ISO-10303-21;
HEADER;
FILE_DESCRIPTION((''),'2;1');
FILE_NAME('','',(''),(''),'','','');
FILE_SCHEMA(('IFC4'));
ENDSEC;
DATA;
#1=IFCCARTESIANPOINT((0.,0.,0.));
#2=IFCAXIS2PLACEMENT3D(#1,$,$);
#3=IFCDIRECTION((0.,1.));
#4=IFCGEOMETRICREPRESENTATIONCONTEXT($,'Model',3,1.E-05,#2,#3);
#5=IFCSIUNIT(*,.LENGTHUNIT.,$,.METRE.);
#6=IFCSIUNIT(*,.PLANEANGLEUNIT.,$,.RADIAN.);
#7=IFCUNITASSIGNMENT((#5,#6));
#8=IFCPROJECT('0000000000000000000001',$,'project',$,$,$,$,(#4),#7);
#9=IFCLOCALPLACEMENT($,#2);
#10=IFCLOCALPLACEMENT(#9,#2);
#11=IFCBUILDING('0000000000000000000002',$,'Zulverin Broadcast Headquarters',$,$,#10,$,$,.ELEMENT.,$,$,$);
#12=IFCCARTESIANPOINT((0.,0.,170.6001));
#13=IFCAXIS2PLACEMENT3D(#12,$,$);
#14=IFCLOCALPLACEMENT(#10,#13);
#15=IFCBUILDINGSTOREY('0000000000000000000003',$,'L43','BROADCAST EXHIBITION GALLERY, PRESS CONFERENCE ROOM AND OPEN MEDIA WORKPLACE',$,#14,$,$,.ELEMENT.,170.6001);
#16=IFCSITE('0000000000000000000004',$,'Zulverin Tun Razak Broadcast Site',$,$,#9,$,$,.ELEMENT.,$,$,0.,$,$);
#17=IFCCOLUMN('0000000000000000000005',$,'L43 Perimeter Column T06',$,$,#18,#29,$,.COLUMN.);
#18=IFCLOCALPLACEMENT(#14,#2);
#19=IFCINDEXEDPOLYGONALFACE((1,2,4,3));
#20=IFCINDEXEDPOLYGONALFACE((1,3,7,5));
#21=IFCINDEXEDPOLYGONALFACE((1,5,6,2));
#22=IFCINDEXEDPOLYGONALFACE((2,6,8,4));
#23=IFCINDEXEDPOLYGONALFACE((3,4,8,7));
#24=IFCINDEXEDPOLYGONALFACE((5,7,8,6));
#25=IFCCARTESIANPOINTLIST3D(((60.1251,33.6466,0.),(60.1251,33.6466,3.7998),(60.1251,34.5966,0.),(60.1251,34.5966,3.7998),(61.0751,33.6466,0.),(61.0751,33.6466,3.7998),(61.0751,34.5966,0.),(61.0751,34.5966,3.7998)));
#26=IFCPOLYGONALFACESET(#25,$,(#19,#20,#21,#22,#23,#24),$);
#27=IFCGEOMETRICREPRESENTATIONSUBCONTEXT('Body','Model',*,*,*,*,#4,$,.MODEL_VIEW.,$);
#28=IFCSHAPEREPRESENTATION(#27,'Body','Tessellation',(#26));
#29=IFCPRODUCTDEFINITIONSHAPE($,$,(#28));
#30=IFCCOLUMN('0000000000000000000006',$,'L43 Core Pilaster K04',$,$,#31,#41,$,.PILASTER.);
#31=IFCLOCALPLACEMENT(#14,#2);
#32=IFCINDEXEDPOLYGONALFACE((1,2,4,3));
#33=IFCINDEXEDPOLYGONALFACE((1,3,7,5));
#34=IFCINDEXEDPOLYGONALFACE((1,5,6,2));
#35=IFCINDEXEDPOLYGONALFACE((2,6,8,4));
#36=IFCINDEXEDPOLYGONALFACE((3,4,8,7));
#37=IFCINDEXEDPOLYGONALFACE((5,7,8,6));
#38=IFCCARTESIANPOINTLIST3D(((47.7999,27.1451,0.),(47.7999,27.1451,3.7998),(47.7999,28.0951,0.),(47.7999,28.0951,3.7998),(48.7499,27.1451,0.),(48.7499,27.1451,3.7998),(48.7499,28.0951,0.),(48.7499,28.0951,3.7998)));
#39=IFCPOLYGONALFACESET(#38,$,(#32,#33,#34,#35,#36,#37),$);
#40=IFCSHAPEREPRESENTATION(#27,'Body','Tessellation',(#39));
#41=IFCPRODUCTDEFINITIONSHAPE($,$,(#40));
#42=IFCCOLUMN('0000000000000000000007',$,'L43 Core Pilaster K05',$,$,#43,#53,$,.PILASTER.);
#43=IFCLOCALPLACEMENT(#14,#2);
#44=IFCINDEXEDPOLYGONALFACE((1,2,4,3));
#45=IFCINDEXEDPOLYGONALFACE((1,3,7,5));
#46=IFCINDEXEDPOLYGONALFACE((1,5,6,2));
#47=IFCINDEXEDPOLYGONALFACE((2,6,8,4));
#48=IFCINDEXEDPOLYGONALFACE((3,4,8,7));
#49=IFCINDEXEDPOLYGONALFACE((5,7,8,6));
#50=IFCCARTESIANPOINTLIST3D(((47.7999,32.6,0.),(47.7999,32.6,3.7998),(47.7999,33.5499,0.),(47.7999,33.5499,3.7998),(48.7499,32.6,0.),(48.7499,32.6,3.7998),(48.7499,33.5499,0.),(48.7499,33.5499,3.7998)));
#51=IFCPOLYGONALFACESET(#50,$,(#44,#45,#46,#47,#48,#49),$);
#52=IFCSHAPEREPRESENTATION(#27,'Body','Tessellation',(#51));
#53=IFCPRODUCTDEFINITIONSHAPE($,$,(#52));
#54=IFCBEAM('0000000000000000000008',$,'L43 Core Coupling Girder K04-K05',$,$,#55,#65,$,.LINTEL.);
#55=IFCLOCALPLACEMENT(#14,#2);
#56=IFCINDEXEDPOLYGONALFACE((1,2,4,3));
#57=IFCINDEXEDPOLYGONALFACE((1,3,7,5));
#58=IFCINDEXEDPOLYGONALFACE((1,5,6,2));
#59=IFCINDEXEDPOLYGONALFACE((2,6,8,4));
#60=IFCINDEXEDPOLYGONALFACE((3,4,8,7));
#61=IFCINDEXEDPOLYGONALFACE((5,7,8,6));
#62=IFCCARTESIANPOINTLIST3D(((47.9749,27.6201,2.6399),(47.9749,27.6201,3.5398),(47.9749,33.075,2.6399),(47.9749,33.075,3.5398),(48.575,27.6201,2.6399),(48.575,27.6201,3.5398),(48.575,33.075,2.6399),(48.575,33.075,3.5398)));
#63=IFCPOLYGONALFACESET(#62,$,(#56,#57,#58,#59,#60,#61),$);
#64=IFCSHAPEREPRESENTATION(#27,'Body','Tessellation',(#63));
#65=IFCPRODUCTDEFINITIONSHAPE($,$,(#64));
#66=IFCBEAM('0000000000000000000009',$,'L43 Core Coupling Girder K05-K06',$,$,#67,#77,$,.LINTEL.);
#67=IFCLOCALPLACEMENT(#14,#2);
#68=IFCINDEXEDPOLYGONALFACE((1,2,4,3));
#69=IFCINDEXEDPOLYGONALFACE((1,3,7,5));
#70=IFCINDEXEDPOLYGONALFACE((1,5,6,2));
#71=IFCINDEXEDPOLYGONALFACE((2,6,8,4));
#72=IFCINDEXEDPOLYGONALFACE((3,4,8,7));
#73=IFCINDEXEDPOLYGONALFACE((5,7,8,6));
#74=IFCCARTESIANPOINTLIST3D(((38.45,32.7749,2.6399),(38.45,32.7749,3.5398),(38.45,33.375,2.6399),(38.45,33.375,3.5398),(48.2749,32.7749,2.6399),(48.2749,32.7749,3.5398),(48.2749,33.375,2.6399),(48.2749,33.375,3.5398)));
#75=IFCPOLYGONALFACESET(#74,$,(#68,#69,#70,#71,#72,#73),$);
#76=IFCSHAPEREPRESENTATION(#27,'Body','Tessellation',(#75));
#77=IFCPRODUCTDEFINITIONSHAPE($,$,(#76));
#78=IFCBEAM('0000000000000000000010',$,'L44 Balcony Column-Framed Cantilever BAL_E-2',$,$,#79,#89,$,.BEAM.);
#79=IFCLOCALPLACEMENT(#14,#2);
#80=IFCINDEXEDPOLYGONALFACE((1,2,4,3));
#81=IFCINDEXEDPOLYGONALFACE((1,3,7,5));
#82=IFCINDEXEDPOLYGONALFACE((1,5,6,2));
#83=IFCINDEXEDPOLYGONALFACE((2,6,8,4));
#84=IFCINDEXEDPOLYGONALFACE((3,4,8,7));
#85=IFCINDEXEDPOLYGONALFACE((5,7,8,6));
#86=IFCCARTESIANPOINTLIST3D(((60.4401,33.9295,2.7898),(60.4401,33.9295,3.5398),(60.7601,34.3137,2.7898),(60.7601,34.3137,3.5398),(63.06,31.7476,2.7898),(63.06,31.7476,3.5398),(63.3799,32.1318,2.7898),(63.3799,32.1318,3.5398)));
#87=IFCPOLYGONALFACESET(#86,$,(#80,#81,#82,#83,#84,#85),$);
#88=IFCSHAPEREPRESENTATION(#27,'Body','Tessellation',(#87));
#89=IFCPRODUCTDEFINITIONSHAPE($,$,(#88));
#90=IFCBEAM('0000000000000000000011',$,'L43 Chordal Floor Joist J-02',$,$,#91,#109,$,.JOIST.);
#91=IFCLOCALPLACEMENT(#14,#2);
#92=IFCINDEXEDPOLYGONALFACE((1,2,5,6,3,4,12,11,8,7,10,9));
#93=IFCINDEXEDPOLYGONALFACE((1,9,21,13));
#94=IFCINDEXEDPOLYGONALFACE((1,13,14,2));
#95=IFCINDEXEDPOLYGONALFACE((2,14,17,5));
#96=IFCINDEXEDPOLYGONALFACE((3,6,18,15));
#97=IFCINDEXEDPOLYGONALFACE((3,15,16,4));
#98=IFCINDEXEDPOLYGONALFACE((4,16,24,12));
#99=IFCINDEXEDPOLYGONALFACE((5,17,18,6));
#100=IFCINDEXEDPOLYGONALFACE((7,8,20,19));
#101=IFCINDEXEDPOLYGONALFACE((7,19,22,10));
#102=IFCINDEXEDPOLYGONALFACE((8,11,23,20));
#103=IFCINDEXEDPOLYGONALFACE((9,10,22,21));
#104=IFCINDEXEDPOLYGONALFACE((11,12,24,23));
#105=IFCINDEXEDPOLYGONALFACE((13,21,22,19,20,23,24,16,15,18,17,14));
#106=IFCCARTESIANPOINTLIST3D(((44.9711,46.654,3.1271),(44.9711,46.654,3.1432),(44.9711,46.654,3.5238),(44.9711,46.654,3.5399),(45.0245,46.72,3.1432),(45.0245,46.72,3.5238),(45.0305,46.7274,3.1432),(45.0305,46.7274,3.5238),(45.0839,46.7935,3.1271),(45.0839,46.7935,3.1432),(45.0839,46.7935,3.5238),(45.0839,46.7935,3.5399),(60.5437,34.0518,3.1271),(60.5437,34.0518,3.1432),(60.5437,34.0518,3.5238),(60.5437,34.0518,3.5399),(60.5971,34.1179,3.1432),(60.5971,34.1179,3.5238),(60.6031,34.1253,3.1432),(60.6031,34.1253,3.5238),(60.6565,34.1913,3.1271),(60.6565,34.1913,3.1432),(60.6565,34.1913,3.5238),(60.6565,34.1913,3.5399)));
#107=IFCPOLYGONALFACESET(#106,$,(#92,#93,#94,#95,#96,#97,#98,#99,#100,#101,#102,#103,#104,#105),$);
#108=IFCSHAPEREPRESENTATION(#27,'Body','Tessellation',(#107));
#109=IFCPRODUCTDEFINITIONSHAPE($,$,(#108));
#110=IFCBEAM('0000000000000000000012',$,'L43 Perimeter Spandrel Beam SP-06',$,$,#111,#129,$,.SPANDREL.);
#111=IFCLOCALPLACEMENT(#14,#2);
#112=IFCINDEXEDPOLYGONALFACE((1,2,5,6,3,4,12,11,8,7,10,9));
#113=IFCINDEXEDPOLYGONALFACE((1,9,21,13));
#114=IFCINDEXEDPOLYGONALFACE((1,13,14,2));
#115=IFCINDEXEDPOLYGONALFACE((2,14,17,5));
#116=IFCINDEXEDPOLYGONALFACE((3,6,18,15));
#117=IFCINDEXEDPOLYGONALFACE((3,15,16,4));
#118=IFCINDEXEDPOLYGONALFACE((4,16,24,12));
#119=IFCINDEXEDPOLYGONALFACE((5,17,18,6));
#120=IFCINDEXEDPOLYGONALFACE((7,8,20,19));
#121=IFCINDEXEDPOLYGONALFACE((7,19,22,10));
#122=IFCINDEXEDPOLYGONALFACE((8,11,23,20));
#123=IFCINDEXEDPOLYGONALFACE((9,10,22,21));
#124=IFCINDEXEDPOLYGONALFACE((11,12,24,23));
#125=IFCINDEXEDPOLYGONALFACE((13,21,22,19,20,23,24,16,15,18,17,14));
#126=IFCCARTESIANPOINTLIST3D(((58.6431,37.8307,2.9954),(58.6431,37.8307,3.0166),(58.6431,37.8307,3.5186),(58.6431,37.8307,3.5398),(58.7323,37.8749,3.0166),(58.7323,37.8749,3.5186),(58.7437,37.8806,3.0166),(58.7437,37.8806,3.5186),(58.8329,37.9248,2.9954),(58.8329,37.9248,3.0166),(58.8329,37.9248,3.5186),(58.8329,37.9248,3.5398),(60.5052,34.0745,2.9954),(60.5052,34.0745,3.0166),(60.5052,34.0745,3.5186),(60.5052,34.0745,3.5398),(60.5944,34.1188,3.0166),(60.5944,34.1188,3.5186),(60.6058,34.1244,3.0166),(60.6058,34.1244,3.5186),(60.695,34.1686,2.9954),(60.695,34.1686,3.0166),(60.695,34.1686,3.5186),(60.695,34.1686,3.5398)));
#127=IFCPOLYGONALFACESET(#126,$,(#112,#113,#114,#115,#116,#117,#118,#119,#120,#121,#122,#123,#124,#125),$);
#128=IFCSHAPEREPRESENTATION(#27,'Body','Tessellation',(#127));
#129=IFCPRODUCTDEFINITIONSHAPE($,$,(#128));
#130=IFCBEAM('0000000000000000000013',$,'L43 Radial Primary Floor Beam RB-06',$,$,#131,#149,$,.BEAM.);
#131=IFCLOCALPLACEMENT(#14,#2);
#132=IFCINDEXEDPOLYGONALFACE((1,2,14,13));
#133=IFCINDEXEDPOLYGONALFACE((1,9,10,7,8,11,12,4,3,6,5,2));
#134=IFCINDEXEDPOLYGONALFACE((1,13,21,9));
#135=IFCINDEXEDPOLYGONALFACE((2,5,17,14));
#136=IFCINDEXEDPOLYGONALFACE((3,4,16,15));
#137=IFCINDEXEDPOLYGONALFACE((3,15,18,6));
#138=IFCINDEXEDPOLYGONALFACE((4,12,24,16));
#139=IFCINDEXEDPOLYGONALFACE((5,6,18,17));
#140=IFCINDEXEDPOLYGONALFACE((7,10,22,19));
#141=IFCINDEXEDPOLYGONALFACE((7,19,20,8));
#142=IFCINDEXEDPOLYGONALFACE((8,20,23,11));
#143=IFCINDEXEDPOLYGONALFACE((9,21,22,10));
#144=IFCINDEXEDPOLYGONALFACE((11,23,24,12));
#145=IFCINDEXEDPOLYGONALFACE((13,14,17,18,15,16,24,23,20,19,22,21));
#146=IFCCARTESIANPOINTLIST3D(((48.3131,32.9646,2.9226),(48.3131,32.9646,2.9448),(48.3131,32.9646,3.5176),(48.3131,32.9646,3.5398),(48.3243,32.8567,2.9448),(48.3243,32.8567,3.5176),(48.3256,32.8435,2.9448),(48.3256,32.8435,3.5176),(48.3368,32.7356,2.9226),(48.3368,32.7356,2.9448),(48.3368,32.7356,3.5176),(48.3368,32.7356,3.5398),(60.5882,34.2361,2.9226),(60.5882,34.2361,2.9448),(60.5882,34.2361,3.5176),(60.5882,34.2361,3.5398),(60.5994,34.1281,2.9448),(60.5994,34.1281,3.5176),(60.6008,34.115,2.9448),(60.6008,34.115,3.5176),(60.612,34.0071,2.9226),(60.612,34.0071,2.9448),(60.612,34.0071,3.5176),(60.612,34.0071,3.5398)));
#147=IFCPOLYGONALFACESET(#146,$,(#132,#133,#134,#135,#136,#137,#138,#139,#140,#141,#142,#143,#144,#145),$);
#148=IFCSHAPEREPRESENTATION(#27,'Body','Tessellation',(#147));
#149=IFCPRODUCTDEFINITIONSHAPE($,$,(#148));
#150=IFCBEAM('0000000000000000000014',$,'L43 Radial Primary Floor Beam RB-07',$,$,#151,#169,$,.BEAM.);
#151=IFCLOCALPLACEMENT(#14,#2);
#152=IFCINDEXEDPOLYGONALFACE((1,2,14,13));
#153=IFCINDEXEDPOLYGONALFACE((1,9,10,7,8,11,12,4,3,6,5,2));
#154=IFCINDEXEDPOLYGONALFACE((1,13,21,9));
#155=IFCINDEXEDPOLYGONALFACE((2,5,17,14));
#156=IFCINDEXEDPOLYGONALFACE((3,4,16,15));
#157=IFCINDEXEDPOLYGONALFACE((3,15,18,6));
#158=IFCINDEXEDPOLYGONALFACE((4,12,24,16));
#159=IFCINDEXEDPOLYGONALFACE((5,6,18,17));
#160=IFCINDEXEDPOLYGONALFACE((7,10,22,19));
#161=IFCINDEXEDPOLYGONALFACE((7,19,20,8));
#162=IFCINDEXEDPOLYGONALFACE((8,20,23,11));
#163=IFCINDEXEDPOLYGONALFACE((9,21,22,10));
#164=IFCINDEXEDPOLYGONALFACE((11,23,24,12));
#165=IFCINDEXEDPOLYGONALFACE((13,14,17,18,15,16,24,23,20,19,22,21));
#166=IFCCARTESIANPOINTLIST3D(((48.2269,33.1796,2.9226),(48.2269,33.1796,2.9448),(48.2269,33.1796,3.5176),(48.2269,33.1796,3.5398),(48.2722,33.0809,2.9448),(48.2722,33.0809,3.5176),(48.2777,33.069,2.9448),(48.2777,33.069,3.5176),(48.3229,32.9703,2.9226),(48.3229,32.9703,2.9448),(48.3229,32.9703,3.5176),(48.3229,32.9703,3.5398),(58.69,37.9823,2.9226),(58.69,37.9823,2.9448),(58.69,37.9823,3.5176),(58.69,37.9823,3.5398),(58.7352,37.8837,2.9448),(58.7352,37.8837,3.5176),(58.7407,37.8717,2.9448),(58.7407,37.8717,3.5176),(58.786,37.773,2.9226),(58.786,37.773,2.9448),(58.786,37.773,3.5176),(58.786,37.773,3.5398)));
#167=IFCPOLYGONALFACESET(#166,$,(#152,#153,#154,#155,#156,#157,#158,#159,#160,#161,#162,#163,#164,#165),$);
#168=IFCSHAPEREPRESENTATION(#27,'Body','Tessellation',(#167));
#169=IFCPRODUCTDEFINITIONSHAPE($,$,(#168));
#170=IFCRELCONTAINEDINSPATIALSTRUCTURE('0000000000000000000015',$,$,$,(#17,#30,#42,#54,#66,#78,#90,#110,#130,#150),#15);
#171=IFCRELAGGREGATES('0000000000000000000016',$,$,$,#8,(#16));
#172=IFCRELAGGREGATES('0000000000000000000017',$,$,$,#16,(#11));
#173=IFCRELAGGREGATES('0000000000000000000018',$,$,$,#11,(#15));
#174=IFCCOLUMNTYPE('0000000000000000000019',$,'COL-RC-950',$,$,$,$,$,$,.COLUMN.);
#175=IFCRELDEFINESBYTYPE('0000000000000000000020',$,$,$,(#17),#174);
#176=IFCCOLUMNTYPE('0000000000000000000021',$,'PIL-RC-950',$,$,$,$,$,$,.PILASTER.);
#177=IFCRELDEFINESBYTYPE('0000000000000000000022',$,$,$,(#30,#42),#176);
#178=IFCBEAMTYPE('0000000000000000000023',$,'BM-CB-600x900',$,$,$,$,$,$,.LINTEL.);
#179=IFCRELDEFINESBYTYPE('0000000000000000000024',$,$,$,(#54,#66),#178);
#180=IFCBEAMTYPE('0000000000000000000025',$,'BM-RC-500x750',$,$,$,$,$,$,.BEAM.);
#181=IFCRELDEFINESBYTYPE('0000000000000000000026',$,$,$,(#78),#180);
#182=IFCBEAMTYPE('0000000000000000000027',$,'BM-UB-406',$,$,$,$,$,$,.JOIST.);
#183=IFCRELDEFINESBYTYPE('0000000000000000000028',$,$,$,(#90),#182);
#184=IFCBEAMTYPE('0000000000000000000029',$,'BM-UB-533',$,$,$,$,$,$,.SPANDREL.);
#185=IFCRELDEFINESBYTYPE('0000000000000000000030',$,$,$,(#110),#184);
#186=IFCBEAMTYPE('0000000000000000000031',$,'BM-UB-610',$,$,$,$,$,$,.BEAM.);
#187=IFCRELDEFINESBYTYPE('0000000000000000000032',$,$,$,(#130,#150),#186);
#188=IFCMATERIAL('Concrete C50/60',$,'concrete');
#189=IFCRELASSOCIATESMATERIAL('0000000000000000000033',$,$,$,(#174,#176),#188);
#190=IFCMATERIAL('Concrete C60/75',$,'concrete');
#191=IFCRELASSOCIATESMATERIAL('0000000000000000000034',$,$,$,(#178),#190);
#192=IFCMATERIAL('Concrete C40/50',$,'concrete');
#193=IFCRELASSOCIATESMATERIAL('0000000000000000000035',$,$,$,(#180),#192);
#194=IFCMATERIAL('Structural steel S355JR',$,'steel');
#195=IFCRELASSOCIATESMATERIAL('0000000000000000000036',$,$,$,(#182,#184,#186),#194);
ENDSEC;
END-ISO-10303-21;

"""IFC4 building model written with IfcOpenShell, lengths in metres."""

from ifc_helpers import new_model, si_unit, direction, frame, origin, origin_2d, place, context, subcontext, project, spatial, rectangle, i_section, extrude, material, material_profile, profile_set, type_object, element, save


model = new_model("IFC4")

# Units and contexts
model_context = context("Model", 3, precision=1e-05, world=origin(), true_north=direction((0.0, 1.0)))
body_context = subcontext(model_context, "Body", "Model", "MODEL_VIEW")
ifc_project = project(units=[si_unit("LENGTHUNIT", "METRE"), si_unit("PLANEANGLEUNIT", "RADIAN")], contexts=[model_context])

# Site, building, storey
site_placement = place(None, origin())
site = spatial("IfcSite", under=ifc_project, at=site_placement, Name="Zulverin Tun Razak Broadcast Site", CompositionType="ELEMENT", RefElevation=0.0)
building_placement = place(site_placement, origin())
building = spatial("IfcBuilding", under=site, at=building_placement, Name="Zulverin Broadcast Headquarters", CompositionType="ELEMENT")
storey_placement = place(building_placement, frame((0.0, 0.0, 170.6001)))
storey = spatial("IfcBuildingStorey", under=building, at=storey_placement, Name="L43", Description="BROADCAST EXHIBITION GALLERY, PRESS CONFERENCE ROOM AND OPEN MEDIA WORKPLACE", CompositionType="ELEMENT", Elevation=170.6001)

# Columns
ifc_material_1 = material(Name="Concrete C50/60", Category="concrete")
ifc_material_profile_1 = material_profile(ifc_material_1, rectangle(XDim=0.95, YDim=0.95, at=origin_2d()), Name="Concrete C50/60", Category="concrete")
ifc_profile_set_1 = profile_set([ifc_material_profile_1], Name="Concrete C50/60")
column_type_1 = type_object("IfcColumnType", Name="COL-RC-950", PredefinedType="COLUMN", material=ifc_profile_set_1)
column_placement = place(storey_placement, frame((60.6001, 34.1216, 0.0), z_axis=(0.0, 0.0, 1.0), x_axis=(1.0, 0.0, 0.0)))
element("IfcColumn", 1, at=column_placement, inside=storey, type_object=column_type_1, Name="L43 Perimeter Column T06", PredefinedType="COLUMN", context=body_context, shape_type="SweptSolid", body=[
    extrude(rectangle(XDim=0.95, YDim=0.95, at=origin_2d()), origin(), (0.0, 0.0, 1.0), 3.7998),
])
ifc_material_profile_2 = material_profile(ifc_material_1, rectangle(XDim=0.95, YDim=0.95, at=origin_2d()), Name="Concrete C50/60", Category="concrete")
ifc_profile_set_2 = profile_set([ifc_material_profile_2], Name="Concrete C50/60")
column_type_2 = type_object("IfcColumnType", Name="PIL-RC-950", PredefinedType="PILASTER", material=ifc_profile_set_2)
for number, where, z_axis, x_axis, name in (
    (2, (48.2749, 27.6201, 0.0), (0.0, 0.0, 1.0), (1.0, 0.0, 0.0), "L43 Core Pilaster K04"),
    (3, (48.2749, 33.075, 0.0), (0.0, 0.0, 1.0), (1.0, 0.0, 0.0), "L43 Core Pilaster K05"),
):
    element("IfcColumn", number, at=place(storey_placement, frame(where, z_axis=z_axis, x_axis=x_axis)), inside=storey, type_object=column_type_2, Name=name, PredefinedType="PILASTER", context=body_context, shape_type="SweptSolid", body=[
        extrude(rectangle(XDim=0.95, YDim=0.95, at=origin_2d()), origin(), (0.0, 0.0, 1.0), 3.7998),
    ])

# Beams
ifc_material_2 = material(Name="Concrete C60/75", Category="concrete")
ifc_material_profile_3 = material_profile(ifc_material_2, rectangle(XDim=0.6001, YDim=0.8999, at=origin_2d()), Name="Concrete C60/75", Category="concrete")
ifc_profile_set_3 = profile_set([ifc_material_profile_3], Name="Concrete C60/75")
beam_type_1 = type_object("IfcBeamType", Name="BM-CB-600x900", PredefinedType="LINTEL", material=ifc_profile_set_3)
beam_1_placement = place(storey_placement, frame((48.2749, 27.6201, 3.0898), z_axis=(0.0, 1.0, 0.0), x_axis=(-1.0, 0.0, 0.0)))
element("IfcBeam", 4, at=beam_1_placement, inside=storey, type_object=beam_type_1, Name="L43 Core Coupling Girder K04-K05", PredefinedType="LINTEL", context=body_context, shape_type="SweptSolid", body=[
    extrude(rectangle(XDim=0.6001, YDim=0.8999, at=origin_2d()), origin(), (0.0, 0.0, 1.0), 5.4548),
])
beam_2_placement = place(storey_placement, frame((48.2749, 33.075, 3.0898), z_axis=(-1.0, 0.0, 0.0), x_axis=(0.0, -1.0, 0.0)))
element("IfcBeam", 5, at=beam_2_placement, inside=storey, type_object=beam_type_1, Name="L43 Core Coupling Girder K05-K06", PredefinedType="LINTEL", context=body_context, shape_type="SweptSolid", body=[
    extrude(rectangle(XDim=0.6001, YDim=0.8999, at=origin_2d()), origin(), (0.0, 0.0, 1.0), 9.825),
])
ifc_material_3 = material(Name="Concrete C40/50", Category="concrete")
ifc_material_profile_4 = material_profile(ifc_material_3, rectangle(XDim=0.5, YDim=0.75, at=origin_2d()), Name="Concrete C40/50", Category="concrete")
ifc_profile_set_4 = profile_set([ifc_material_profile_4], Name="Concrete C40/50")
beam_type_2 = type_object("IfcBeamType", Name="BM-RC-500x750", PredefinedType="BEAM", material=ifc_profile_set_4)
beam_3_placement = place(storey_placement, frame((60.6001, 34.1216, 3.1648), z_axis=(0.768415, -0.639952, 0.0), x_axis=(0.639952, 0.768415, 0.0)))
element("IfcBeam", 6, at=beam_3_placement, inside=storey, type_object=beam_type_2, Name="L44 Balcony Column-Framed Cantilever BAL_E-2", PredefinedType="BEAM", context=body_context, shape_type="SweptSolid", body=[
    extrude(rectangle(XDim=0.5, YDim=0.75, at=origin_2d()), origin(), (0.0, 0.0, 1.0), 3.4094),
])
ifc_material_4 = material(Name="Structural steel S355JR", Category="steel")
ifc_material_profile_5 = material_profile(ifc_material_4, i_section(OverallWidth=0.1794, OverallDepth=0.4128, WebThickness=0.0095, FlangeThickness=0.0161, at=origin_2d()), Name="Structural steel S355JR", Category="steel")
ifc_profile_set_5 = profile_set([ifc_material_profile_5], Name="Structural steel S355JR")
beam_type_3 = type_object("IfcBeamType", Name="BM-UB-406", PredefinedType="JOIST", material=ifc_profile_set_5)
beam_4_placement = place(storey_placement, frame((60.6001, 34.1216, 3.3335), z_axis=(-0.777349, 0.62907, 0.0), x_axis=(-0.62907, -0.777349, 0.0)))
element("IfcBeam", 7, at=beam_4_placement, inside=storey, type_object=beam_type_3, Name="L43 Chordal Floor Joist J-02", PredefinedType="JOIST", context=body_context, shape_type="SweptSolid", body=[
    extrude(i_section(OverallWidth=0.1794, OverallDepth=0.4128, WebThickness=0.0095, FlangeThickness=0.0161, at=origin_2d()), origin(), (0.0, 0.0, 1.0), 20.033),
])
ifc_material_profile_6 = material_profile(ifc_material_4, i_section(OverallWidth=0.2119, OverallDepth=0.5444, WebThickness=0.0127, FlangeThickness=0.0212, at=origin_2d()), Name="Structural steel S355JR", Category="steel")
ifc_profile_set_6 = profile_set([ifc_material_profile_6], Name="Structural steel S355JR")
beam_type_4 = type_object("IfcBeamType", Name="BM-UB-533", PredefinedType="SPANDREL", material=ifc_profile_set_6)
beam_5_placement = place(storey_placement, frame((60.6001, 34.1216, 3.2676), z_axis=(-0.444159, 0.895948, 0.0), x_axis=(-0.895948, -0.444159, 0.0)))
element("IfcBeam", 8, at=beam_5_placement, inside=storey, type_object=beam_type_4, Name="L43 Perimeter Spandrel Beam SP-06", PredefinedType="SPANDREL", context=body_context, shape_type="SweptSolid", body=[
    extrude(i_section(OverallWidth=0.2119, OverallDepth=0.5444, WebThickness=0.0127, FlangeThickness=0.0212, at=origin_2d()), origin(), (0.0, 0.0, 1.0), 4.1924),
])
ifc_material_profile_7 = material_profile(ifc_material_4, i_section(OverallWidth=0.2302, OverallDepth=0.6172, WebThickness=0.0132, FlangeThickness=0.0222, at=origin_2d()), Name="Structural steel S355JR", Category="steel")
ifc_profile_set_7 = profile_set([ifc_material_profile_7], Name="Structural steel S355JR")
beam_type_5 = type_object("IfcBeamType", Name="BM-UB-610", PredefinedType="BEAM", material=ifc_profile_set_7)
beam_6_placement = place(storey_placement, frame((48.325, 32.8501, 3.2312), z_axis=(0.994678, 0.103031, 0.0), x_axis=(-0.103031, 0.994678, 0.0)))
element("IfcBeam", 9, at=beam_6_placement, inside=storey, type_object=beam_type_5, Name="L43 Radial Primary Floor Beam RB-06", PredefinedType="BEAM", context=body_context, shape_type="SweptSolid", body=[
    extrude(i_section(OverallWidth=0.2302, OverallDepth=0.6172, WebThickness=0.0132, FlangeThickness=0.0222, at=origin_2d()), origin(), (0.0, 0.0, 1.0), 12.3408),
])
beam_7_placement = place(storey_placement, frame((48.2749, 33.075, 3.2312), z_axis=(0.90883, 0.417167, 0.0), x_axis=(-0.417167, 0.90883, 0.0)))
element("IfcBeam", 10, at=beam_7_placement, inside=storey, type_object=beam_type_5, Name="L43 Radial Primary Floor Beam RB-07", PredefinedType="BEAM", context=body_context, shape_type="SweptSolid", body=[
    extrude(i_section(OverallWidth=0.2302, OverallDepth=0.6172, WebThickness=0.0132, FlangeThickness=0.0222, at=origin_2d()), origin(), (0.0, 0.0, 1.0), 11.5127),
])

save(model, "model.ifc")
